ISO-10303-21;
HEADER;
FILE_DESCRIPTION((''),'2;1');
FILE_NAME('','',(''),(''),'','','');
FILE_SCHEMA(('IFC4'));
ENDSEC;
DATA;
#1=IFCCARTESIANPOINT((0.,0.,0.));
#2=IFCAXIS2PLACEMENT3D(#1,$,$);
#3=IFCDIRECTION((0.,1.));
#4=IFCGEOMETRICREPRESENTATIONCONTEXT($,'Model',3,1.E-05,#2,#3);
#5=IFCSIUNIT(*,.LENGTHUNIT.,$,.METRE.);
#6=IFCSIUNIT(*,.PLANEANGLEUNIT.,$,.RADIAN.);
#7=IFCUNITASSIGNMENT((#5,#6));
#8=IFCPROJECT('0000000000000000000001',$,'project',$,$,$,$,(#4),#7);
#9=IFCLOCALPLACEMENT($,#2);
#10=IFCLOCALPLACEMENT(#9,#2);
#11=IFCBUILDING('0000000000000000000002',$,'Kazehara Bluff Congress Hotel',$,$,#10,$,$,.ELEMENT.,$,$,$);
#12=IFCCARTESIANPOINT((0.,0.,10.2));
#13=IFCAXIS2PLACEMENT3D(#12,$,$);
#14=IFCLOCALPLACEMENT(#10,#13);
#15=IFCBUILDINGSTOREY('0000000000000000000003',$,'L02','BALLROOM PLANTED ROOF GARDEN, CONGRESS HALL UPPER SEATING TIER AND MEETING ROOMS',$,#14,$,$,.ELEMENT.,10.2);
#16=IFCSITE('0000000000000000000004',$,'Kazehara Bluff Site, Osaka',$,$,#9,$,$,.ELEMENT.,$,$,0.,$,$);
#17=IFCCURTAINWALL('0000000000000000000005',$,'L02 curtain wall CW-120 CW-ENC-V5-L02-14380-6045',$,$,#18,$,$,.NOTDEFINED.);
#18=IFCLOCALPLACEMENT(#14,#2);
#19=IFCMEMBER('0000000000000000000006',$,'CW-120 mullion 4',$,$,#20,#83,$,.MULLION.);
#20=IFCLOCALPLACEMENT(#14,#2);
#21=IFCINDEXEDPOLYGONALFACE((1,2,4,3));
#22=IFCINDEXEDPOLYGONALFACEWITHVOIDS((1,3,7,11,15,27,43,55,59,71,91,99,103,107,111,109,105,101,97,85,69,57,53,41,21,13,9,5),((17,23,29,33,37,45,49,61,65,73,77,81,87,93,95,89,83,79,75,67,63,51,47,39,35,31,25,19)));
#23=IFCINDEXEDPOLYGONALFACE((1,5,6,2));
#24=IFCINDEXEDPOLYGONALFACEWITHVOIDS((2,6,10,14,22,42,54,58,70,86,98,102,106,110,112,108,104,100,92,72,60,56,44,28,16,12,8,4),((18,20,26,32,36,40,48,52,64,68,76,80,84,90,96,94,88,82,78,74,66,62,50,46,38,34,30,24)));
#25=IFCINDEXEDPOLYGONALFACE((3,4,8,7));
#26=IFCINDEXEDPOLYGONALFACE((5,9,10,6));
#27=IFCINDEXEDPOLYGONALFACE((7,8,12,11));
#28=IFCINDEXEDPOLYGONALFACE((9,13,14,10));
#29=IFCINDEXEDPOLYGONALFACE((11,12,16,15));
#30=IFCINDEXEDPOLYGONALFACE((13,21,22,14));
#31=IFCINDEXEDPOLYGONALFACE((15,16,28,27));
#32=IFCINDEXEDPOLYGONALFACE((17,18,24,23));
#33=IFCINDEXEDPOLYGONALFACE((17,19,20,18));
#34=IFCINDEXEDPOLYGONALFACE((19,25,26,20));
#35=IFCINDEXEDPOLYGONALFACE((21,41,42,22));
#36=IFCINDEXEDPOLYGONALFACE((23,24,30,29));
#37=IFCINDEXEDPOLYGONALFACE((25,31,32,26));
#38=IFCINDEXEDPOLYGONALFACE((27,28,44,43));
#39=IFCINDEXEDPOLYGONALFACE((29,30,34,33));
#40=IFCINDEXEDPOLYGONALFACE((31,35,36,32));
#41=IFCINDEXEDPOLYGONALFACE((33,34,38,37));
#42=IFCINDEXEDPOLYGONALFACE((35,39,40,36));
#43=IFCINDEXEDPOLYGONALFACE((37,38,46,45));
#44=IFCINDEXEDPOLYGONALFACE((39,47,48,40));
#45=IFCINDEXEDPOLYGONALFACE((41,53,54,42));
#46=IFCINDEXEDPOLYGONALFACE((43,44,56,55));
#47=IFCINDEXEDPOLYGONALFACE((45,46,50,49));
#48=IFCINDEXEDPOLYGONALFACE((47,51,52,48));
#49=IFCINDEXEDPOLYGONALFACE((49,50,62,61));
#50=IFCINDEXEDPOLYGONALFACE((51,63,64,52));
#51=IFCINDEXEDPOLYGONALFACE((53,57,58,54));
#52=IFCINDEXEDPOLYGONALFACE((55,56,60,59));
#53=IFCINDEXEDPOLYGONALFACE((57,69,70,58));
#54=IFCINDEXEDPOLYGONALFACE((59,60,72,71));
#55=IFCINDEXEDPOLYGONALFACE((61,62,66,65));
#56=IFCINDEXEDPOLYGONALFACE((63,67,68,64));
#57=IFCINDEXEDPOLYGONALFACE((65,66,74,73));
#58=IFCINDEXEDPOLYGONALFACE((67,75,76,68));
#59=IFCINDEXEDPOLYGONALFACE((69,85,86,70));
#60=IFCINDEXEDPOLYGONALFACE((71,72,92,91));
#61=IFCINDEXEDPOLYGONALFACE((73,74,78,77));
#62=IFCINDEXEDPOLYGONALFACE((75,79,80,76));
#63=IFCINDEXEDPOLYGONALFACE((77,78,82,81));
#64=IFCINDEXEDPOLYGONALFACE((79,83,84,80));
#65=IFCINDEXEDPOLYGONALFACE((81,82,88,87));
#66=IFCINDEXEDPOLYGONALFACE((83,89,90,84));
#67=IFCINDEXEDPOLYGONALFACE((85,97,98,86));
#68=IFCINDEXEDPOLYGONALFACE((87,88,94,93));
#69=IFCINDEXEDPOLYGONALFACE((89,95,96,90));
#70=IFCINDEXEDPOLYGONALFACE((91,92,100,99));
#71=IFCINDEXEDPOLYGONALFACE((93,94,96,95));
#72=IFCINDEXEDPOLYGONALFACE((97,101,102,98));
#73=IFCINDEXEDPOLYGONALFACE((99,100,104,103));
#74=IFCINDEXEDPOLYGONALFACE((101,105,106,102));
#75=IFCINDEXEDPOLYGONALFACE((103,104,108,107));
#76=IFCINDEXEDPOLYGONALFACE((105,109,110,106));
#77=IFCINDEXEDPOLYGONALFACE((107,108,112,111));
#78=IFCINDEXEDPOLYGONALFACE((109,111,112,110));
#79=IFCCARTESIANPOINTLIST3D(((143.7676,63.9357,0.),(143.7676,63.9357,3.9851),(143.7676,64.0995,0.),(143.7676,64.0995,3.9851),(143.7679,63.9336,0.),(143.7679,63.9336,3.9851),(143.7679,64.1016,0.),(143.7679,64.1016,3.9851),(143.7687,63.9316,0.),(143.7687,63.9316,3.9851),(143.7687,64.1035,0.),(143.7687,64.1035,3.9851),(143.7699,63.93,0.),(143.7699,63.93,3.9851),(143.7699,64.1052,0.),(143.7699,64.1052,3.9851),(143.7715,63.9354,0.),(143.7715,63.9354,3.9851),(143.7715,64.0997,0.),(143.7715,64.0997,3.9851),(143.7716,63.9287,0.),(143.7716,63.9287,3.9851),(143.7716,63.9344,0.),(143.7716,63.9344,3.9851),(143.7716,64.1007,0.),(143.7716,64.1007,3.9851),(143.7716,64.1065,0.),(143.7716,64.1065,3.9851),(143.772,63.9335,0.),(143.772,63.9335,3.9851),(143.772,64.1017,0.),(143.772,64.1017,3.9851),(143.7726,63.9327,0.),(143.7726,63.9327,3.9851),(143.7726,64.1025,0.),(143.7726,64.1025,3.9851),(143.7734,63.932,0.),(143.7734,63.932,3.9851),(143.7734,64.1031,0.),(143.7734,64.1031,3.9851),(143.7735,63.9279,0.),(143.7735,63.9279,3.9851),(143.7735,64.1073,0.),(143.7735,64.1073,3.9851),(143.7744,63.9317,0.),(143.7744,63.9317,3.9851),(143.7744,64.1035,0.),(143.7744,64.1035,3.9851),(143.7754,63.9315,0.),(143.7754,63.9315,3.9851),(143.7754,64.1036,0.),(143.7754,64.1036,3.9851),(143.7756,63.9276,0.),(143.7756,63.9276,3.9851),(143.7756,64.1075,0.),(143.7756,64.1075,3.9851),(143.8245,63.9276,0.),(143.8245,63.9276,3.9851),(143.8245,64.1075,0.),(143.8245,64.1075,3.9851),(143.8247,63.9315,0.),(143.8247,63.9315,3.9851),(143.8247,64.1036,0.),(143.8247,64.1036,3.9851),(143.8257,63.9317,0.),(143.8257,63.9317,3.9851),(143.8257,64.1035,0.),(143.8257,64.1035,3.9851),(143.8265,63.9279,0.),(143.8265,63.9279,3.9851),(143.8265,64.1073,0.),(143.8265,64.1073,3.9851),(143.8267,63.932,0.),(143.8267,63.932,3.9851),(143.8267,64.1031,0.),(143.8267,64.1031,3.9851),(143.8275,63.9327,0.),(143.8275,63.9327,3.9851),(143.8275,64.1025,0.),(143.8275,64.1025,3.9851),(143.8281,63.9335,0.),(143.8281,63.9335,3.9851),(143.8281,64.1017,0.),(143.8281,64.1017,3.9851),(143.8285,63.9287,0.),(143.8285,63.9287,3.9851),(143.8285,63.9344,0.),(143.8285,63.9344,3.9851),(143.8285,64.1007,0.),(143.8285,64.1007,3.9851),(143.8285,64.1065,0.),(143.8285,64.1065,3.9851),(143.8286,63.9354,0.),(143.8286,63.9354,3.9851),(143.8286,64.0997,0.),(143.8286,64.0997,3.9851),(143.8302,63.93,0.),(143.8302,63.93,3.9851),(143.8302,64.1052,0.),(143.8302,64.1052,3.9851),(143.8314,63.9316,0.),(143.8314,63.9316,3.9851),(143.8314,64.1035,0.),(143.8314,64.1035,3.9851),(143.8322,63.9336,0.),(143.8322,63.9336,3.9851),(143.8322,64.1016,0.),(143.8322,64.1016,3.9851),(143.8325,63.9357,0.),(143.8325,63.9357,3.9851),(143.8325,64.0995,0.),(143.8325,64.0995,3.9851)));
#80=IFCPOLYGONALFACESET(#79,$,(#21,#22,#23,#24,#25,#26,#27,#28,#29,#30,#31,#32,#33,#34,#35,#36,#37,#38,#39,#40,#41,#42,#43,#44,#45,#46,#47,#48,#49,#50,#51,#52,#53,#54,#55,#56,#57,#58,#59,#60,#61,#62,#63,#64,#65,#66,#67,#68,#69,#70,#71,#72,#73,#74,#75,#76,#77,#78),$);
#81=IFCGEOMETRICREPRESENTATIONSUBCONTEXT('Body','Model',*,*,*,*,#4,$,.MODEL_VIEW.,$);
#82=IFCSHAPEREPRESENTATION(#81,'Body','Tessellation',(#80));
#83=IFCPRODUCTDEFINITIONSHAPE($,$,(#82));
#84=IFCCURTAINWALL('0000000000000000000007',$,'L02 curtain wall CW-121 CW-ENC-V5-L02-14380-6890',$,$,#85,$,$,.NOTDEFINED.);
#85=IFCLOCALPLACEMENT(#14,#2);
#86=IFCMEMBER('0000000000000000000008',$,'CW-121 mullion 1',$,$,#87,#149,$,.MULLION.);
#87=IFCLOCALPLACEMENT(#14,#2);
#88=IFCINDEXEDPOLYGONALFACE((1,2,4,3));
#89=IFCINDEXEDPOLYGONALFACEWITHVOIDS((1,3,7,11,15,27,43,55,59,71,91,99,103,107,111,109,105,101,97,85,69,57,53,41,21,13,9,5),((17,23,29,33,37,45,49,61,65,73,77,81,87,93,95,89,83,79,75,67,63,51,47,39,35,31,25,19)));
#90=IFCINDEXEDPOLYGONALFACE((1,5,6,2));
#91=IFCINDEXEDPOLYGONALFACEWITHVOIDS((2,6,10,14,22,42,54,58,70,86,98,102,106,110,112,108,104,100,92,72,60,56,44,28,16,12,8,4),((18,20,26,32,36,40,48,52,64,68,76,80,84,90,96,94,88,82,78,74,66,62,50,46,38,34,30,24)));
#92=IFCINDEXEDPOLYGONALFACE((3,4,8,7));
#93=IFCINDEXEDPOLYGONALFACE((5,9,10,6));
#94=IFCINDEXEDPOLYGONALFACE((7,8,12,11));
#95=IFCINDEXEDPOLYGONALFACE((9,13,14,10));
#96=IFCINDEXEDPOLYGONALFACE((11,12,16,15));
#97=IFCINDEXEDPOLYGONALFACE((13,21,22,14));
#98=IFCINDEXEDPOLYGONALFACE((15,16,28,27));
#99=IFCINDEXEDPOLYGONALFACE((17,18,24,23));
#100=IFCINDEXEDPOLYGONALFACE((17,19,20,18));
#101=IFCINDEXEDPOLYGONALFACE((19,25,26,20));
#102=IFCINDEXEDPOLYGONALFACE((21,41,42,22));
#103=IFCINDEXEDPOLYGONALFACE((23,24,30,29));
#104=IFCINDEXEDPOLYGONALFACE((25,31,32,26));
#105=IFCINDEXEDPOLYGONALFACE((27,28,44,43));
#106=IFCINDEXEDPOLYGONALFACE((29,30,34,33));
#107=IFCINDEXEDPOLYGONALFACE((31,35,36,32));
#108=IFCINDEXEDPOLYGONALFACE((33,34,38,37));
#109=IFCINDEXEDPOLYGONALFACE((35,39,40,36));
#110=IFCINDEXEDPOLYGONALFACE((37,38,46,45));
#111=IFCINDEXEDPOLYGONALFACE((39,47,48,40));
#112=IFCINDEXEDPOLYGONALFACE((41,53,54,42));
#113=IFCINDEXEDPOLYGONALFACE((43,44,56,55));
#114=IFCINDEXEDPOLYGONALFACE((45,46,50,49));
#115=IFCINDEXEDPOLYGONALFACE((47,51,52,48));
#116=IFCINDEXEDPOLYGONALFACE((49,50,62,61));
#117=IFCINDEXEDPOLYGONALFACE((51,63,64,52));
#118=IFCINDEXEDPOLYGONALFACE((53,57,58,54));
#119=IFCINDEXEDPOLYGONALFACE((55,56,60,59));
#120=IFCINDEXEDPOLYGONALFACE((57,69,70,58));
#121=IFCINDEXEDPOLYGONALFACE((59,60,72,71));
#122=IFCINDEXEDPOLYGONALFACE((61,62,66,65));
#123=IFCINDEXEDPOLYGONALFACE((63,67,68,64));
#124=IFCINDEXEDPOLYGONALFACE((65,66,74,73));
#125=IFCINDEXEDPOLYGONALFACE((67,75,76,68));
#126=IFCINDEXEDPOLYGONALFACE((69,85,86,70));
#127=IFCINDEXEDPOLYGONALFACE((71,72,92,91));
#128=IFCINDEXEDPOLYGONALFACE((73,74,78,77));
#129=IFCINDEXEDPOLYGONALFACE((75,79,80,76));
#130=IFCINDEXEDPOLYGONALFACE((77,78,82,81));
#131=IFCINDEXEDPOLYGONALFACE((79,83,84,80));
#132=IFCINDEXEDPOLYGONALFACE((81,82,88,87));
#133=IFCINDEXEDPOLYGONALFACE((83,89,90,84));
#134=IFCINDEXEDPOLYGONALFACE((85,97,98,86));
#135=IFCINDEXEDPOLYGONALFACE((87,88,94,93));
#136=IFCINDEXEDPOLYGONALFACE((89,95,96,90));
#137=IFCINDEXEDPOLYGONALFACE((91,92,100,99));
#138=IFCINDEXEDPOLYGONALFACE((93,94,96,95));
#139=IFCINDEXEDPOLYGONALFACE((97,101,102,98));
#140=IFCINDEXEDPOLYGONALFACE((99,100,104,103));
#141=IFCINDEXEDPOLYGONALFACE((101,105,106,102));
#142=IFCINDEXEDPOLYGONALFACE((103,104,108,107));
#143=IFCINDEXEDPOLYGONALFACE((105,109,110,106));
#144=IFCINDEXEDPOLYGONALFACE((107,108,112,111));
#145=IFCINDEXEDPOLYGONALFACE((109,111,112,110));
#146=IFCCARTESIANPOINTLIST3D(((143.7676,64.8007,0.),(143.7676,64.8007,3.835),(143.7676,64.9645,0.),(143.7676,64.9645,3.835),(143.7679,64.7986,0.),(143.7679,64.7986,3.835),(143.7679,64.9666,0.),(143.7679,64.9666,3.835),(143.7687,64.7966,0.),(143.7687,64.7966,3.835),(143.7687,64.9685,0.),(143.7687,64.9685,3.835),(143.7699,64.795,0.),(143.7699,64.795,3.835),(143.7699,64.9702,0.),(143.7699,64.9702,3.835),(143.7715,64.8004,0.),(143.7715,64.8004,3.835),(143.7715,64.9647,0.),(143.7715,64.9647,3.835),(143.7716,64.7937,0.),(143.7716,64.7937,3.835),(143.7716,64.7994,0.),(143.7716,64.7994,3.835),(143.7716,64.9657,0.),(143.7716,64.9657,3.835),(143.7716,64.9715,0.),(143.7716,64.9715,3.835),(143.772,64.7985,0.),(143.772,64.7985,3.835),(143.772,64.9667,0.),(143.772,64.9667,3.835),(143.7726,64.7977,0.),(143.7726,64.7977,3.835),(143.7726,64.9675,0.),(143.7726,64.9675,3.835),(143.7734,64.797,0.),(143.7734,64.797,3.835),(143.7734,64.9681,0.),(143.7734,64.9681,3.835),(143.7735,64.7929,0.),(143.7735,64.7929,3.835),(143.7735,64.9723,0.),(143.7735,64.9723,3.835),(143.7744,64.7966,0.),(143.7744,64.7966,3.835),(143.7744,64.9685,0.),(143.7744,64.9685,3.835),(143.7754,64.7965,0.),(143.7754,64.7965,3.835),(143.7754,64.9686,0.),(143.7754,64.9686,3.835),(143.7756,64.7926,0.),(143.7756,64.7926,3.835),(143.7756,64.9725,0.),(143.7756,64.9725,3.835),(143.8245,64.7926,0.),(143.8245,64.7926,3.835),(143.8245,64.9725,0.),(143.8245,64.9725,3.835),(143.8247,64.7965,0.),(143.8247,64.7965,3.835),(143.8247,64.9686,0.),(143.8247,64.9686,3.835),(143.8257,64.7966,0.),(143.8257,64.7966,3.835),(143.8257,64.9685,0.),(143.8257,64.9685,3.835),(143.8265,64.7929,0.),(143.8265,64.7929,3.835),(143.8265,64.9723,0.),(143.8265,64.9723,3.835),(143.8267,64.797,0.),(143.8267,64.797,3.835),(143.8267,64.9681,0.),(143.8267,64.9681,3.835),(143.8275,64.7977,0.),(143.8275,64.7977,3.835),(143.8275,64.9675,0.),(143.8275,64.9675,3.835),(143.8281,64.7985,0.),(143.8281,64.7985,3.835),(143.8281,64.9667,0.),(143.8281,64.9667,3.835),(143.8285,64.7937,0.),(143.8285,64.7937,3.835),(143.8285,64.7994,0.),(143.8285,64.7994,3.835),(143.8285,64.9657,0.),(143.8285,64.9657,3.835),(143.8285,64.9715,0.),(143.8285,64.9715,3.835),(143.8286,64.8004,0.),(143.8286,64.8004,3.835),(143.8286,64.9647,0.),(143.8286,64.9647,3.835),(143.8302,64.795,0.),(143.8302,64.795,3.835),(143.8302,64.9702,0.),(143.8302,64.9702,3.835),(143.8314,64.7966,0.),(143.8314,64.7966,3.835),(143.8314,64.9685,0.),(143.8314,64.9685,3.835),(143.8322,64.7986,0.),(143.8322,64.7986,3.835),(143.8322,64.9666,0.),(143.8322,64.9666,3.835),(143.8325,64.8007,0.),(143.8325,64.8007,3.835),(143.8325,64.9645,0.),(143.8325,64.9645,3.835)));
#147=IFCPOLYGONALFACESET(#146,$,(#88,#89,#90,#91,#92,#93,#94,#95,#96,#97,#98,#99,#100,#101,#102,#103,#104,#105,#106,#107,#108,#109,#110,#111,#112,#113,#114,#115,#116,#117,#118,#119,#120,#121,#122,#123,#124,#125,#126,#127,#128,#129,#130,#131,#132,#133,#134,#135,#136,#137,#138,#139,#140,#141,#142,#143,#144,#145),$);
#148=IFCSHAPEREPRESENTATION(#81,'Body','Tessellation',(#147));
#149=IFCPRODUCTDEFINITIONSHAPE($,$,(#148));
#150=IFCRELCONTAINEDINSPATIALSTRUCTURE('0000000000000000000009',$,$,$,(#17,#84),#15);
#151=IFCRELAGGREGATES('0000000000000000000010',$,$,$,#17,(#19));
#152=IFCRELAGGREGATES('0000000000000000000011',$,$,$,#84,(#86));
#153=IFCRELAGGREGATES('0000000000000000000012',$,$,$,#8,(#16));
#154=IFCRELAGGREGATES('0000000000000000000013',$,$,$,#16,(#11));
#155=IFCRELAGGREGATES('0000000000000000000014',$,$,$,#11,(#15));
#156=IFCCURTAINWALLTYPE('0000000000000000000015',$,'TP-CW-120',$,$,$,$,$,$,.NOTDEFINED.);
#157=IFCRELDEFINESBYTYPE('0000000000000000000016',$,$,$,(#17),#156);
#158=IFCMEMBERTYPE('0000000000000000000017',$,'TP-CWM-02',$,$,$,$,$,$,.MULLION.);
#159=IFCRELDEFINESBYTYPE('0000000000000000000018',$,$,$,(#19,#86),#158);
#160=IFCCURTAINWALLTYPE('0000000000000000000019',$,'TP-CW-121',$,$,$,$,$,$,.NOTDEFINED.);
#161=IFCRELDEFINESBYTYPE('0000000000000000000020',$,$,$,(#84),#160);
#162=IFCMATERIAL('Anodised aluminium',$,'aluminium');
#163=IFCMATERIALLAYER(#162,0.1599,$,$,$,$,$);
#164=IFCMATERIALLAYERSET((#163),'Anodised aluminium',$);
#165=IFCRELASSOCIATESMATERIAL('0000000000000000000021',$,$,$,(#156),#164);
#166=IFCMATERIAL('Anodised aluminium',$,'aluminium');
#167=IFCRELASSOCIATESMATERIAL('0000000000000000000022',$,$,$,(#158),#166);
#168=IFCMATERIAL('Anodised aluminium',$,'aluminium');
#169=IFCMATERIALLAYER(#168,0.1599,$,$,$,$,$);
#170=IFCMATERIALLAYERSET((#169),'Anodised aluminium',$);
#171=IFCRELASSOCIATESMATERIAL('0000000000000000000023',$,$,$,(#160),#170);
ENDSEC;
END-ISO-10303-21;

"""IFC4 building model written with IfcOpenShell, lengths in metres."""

from ifc_helpers import new_model, si_unit, direction, frame, origin, origin_2d, place, context, subcontext, project, spatial, hollow_rectangle, extrude, material, layer, layer_set, material_profile, profile_set, type_object, element, aggregate, save


model = new_model("IFC4")

# Units and contexts
model_context = context("Model", 3, precision=1e-05, world=origin(), true_north=direction((0.0, 1.0)))
body_context = subcontext(model_context, "Body", "Model", "MODEL_VIEW")
ifc_project = project(units=[si_unit("LENGTHUNIT", "METRE"), si_unit("PLANEANGLEUNIT", "RADIAN")], contexts=[model_context])

# Site, building, storey
site_placement = place(None, origin())
site = spatial("IfcSite", under=ifc_project, at=site_placement, Name="Kazehara Bluff Site, Osaka", CompositionType="ELEMENT", RefElevation=0.0)
building_placement = place(site_placement, origin())
building = spatial("IfcBuilding", under=site, at=building_placement, Name="Kazehara Bluff Congress Hotel", CompositionType="ELEMENT")
storey_placement = place(building_placement, frame((0.0, 0.0, 10.2)))
storey = spatial("IfcBuildingStorey", under=building, at=storey_placement, Name="L02", Description="BALLROOM PLANTED ROOF GARDEN, CONGRESS HALL UPPER SEATING TIER AND MEETING ROOMS", CompositionType="ELEMENT", Elevation=10.2)

# Curtain wall, member
ifc_material_1 = material(Name="Anodised aluminium", Category="aluminium")
ifc_layer_1 = layer(ifc_material_1, 0.1599)
ifc_layer_set_1 = layer_set([ifc_layer_1], Name="Anodised aluminium")
curtain_wall_type_1 = type_object("IfcCurtainWallType", Name="TP-CW-120", PredefinedType="NOTDEFINED", material=ifc_layer_set_1)
curtain_wall_1_placement = place(storey_placement, origin())
curtain_wall_1 = element("IfcCurtainWall", 1, at=curtain_wall_1_placement, inside=storey, type_object=curtain_wall_type_1, Name="L02 curtain wall CW-120 CW-ENC-V5-L02-14380-6045", PredefinedType="NOTDEFINED")
ifc_material_2 = material(Name="Anodised aluminium", Category="aluminium")
ifc_material_profile_1 = material_profile(ifc_material_2, hollow_rectangle(XDim=0.0649, YDim=0.1799, WallThickness=0.0039, InnerFilletRadius=0.0039, OuterFilletRadius=0.0081, at=origin_2d()))
ifc_profile_set_1 = profile_set([ifc_material_profile_1], Name="Anodised aluminium")
member_type_1 = type_object("IfcMemberType", Name="TP-CWM-02", PredefinedType="MULLION", material=ifc_profile_set_1)
member_1_placement = place(storey_placement, frame((143.8, 64.0176, 0.0), z_axis=(0.0, 0.0, 1.0), x_axis=(-1.0, 0.0, 0.0)))
member_1 = element("IfcMember", 2, at=member_1_placement, type_object=member_type_1, Name="CW-120 mullion 4", PredefinedType="MULLION", context=body_context, shape_type="SweptSolid", body=[
    extrude(hollow_rectangle(XDim=0.0649, YDim=0.1799, WallThickness=0.0039, InnerFilletRadius=0.0039, OuterFilletRadius=0.0081, at=origin_2d()), origin(), (0.0, 0.0, 1.0), 3.9851),
])

# Curtain wall, member
ifc_material_3 = material(Name="Anodised aluminium", Category="aluminium")
ifc_layer_2 = layer(ifc_material_3, 0.1599)
ifc_layer_set_2 = layer_set([ifc_layer_2], Name="Anodised aluminium")
curtain_wall_type_2 = type_object("IfcCurtainWallType", Name="TP-CW-121", PredefinedType="NOTDEFINED", material=ifc_layer_set_2)
curtain_wall_2_placement = place(storey_placement, origin())
curtain_wall_2 = element("IfcCurtainWall", 3, at=curtain_wall_2_placement, inside=storey, type_object=curtain_wall_type_2, Name="L02 curtain wall CW-121 CW-ENC-V5-L02-14380-6890", PredefinedType="NOTDEFINED")
member_2_placement = place(storey_placement, frame((143.8, 64.8826, 0.0), z_axis=(0.0, 0.0, 1.0), x_axis=(-1.0, 0.0, 0.0)))
member_2 = element("IfcMember", 4, at=member_2_placement, type_object=member_type_1, Name="CW-121 mullion 1", PredefinedType="MULLION", context=body_context, shape_type="SweptSolid", body=[
    extrude(hollow_rectangle(XDim=0.0649, YDim=0.1799, WallThickness=0.0039, InnerFilletRadius=0.0039, OuterFilletRadius=0.0081, at=origin_2d()), origin(), (0.0, 0.0, 1.0), 3.835),
])

aggregate(curtain_wall_1, [member_1])
aggregate(curtain_wall_2, [member_2])

save(model, "model.ifc")
